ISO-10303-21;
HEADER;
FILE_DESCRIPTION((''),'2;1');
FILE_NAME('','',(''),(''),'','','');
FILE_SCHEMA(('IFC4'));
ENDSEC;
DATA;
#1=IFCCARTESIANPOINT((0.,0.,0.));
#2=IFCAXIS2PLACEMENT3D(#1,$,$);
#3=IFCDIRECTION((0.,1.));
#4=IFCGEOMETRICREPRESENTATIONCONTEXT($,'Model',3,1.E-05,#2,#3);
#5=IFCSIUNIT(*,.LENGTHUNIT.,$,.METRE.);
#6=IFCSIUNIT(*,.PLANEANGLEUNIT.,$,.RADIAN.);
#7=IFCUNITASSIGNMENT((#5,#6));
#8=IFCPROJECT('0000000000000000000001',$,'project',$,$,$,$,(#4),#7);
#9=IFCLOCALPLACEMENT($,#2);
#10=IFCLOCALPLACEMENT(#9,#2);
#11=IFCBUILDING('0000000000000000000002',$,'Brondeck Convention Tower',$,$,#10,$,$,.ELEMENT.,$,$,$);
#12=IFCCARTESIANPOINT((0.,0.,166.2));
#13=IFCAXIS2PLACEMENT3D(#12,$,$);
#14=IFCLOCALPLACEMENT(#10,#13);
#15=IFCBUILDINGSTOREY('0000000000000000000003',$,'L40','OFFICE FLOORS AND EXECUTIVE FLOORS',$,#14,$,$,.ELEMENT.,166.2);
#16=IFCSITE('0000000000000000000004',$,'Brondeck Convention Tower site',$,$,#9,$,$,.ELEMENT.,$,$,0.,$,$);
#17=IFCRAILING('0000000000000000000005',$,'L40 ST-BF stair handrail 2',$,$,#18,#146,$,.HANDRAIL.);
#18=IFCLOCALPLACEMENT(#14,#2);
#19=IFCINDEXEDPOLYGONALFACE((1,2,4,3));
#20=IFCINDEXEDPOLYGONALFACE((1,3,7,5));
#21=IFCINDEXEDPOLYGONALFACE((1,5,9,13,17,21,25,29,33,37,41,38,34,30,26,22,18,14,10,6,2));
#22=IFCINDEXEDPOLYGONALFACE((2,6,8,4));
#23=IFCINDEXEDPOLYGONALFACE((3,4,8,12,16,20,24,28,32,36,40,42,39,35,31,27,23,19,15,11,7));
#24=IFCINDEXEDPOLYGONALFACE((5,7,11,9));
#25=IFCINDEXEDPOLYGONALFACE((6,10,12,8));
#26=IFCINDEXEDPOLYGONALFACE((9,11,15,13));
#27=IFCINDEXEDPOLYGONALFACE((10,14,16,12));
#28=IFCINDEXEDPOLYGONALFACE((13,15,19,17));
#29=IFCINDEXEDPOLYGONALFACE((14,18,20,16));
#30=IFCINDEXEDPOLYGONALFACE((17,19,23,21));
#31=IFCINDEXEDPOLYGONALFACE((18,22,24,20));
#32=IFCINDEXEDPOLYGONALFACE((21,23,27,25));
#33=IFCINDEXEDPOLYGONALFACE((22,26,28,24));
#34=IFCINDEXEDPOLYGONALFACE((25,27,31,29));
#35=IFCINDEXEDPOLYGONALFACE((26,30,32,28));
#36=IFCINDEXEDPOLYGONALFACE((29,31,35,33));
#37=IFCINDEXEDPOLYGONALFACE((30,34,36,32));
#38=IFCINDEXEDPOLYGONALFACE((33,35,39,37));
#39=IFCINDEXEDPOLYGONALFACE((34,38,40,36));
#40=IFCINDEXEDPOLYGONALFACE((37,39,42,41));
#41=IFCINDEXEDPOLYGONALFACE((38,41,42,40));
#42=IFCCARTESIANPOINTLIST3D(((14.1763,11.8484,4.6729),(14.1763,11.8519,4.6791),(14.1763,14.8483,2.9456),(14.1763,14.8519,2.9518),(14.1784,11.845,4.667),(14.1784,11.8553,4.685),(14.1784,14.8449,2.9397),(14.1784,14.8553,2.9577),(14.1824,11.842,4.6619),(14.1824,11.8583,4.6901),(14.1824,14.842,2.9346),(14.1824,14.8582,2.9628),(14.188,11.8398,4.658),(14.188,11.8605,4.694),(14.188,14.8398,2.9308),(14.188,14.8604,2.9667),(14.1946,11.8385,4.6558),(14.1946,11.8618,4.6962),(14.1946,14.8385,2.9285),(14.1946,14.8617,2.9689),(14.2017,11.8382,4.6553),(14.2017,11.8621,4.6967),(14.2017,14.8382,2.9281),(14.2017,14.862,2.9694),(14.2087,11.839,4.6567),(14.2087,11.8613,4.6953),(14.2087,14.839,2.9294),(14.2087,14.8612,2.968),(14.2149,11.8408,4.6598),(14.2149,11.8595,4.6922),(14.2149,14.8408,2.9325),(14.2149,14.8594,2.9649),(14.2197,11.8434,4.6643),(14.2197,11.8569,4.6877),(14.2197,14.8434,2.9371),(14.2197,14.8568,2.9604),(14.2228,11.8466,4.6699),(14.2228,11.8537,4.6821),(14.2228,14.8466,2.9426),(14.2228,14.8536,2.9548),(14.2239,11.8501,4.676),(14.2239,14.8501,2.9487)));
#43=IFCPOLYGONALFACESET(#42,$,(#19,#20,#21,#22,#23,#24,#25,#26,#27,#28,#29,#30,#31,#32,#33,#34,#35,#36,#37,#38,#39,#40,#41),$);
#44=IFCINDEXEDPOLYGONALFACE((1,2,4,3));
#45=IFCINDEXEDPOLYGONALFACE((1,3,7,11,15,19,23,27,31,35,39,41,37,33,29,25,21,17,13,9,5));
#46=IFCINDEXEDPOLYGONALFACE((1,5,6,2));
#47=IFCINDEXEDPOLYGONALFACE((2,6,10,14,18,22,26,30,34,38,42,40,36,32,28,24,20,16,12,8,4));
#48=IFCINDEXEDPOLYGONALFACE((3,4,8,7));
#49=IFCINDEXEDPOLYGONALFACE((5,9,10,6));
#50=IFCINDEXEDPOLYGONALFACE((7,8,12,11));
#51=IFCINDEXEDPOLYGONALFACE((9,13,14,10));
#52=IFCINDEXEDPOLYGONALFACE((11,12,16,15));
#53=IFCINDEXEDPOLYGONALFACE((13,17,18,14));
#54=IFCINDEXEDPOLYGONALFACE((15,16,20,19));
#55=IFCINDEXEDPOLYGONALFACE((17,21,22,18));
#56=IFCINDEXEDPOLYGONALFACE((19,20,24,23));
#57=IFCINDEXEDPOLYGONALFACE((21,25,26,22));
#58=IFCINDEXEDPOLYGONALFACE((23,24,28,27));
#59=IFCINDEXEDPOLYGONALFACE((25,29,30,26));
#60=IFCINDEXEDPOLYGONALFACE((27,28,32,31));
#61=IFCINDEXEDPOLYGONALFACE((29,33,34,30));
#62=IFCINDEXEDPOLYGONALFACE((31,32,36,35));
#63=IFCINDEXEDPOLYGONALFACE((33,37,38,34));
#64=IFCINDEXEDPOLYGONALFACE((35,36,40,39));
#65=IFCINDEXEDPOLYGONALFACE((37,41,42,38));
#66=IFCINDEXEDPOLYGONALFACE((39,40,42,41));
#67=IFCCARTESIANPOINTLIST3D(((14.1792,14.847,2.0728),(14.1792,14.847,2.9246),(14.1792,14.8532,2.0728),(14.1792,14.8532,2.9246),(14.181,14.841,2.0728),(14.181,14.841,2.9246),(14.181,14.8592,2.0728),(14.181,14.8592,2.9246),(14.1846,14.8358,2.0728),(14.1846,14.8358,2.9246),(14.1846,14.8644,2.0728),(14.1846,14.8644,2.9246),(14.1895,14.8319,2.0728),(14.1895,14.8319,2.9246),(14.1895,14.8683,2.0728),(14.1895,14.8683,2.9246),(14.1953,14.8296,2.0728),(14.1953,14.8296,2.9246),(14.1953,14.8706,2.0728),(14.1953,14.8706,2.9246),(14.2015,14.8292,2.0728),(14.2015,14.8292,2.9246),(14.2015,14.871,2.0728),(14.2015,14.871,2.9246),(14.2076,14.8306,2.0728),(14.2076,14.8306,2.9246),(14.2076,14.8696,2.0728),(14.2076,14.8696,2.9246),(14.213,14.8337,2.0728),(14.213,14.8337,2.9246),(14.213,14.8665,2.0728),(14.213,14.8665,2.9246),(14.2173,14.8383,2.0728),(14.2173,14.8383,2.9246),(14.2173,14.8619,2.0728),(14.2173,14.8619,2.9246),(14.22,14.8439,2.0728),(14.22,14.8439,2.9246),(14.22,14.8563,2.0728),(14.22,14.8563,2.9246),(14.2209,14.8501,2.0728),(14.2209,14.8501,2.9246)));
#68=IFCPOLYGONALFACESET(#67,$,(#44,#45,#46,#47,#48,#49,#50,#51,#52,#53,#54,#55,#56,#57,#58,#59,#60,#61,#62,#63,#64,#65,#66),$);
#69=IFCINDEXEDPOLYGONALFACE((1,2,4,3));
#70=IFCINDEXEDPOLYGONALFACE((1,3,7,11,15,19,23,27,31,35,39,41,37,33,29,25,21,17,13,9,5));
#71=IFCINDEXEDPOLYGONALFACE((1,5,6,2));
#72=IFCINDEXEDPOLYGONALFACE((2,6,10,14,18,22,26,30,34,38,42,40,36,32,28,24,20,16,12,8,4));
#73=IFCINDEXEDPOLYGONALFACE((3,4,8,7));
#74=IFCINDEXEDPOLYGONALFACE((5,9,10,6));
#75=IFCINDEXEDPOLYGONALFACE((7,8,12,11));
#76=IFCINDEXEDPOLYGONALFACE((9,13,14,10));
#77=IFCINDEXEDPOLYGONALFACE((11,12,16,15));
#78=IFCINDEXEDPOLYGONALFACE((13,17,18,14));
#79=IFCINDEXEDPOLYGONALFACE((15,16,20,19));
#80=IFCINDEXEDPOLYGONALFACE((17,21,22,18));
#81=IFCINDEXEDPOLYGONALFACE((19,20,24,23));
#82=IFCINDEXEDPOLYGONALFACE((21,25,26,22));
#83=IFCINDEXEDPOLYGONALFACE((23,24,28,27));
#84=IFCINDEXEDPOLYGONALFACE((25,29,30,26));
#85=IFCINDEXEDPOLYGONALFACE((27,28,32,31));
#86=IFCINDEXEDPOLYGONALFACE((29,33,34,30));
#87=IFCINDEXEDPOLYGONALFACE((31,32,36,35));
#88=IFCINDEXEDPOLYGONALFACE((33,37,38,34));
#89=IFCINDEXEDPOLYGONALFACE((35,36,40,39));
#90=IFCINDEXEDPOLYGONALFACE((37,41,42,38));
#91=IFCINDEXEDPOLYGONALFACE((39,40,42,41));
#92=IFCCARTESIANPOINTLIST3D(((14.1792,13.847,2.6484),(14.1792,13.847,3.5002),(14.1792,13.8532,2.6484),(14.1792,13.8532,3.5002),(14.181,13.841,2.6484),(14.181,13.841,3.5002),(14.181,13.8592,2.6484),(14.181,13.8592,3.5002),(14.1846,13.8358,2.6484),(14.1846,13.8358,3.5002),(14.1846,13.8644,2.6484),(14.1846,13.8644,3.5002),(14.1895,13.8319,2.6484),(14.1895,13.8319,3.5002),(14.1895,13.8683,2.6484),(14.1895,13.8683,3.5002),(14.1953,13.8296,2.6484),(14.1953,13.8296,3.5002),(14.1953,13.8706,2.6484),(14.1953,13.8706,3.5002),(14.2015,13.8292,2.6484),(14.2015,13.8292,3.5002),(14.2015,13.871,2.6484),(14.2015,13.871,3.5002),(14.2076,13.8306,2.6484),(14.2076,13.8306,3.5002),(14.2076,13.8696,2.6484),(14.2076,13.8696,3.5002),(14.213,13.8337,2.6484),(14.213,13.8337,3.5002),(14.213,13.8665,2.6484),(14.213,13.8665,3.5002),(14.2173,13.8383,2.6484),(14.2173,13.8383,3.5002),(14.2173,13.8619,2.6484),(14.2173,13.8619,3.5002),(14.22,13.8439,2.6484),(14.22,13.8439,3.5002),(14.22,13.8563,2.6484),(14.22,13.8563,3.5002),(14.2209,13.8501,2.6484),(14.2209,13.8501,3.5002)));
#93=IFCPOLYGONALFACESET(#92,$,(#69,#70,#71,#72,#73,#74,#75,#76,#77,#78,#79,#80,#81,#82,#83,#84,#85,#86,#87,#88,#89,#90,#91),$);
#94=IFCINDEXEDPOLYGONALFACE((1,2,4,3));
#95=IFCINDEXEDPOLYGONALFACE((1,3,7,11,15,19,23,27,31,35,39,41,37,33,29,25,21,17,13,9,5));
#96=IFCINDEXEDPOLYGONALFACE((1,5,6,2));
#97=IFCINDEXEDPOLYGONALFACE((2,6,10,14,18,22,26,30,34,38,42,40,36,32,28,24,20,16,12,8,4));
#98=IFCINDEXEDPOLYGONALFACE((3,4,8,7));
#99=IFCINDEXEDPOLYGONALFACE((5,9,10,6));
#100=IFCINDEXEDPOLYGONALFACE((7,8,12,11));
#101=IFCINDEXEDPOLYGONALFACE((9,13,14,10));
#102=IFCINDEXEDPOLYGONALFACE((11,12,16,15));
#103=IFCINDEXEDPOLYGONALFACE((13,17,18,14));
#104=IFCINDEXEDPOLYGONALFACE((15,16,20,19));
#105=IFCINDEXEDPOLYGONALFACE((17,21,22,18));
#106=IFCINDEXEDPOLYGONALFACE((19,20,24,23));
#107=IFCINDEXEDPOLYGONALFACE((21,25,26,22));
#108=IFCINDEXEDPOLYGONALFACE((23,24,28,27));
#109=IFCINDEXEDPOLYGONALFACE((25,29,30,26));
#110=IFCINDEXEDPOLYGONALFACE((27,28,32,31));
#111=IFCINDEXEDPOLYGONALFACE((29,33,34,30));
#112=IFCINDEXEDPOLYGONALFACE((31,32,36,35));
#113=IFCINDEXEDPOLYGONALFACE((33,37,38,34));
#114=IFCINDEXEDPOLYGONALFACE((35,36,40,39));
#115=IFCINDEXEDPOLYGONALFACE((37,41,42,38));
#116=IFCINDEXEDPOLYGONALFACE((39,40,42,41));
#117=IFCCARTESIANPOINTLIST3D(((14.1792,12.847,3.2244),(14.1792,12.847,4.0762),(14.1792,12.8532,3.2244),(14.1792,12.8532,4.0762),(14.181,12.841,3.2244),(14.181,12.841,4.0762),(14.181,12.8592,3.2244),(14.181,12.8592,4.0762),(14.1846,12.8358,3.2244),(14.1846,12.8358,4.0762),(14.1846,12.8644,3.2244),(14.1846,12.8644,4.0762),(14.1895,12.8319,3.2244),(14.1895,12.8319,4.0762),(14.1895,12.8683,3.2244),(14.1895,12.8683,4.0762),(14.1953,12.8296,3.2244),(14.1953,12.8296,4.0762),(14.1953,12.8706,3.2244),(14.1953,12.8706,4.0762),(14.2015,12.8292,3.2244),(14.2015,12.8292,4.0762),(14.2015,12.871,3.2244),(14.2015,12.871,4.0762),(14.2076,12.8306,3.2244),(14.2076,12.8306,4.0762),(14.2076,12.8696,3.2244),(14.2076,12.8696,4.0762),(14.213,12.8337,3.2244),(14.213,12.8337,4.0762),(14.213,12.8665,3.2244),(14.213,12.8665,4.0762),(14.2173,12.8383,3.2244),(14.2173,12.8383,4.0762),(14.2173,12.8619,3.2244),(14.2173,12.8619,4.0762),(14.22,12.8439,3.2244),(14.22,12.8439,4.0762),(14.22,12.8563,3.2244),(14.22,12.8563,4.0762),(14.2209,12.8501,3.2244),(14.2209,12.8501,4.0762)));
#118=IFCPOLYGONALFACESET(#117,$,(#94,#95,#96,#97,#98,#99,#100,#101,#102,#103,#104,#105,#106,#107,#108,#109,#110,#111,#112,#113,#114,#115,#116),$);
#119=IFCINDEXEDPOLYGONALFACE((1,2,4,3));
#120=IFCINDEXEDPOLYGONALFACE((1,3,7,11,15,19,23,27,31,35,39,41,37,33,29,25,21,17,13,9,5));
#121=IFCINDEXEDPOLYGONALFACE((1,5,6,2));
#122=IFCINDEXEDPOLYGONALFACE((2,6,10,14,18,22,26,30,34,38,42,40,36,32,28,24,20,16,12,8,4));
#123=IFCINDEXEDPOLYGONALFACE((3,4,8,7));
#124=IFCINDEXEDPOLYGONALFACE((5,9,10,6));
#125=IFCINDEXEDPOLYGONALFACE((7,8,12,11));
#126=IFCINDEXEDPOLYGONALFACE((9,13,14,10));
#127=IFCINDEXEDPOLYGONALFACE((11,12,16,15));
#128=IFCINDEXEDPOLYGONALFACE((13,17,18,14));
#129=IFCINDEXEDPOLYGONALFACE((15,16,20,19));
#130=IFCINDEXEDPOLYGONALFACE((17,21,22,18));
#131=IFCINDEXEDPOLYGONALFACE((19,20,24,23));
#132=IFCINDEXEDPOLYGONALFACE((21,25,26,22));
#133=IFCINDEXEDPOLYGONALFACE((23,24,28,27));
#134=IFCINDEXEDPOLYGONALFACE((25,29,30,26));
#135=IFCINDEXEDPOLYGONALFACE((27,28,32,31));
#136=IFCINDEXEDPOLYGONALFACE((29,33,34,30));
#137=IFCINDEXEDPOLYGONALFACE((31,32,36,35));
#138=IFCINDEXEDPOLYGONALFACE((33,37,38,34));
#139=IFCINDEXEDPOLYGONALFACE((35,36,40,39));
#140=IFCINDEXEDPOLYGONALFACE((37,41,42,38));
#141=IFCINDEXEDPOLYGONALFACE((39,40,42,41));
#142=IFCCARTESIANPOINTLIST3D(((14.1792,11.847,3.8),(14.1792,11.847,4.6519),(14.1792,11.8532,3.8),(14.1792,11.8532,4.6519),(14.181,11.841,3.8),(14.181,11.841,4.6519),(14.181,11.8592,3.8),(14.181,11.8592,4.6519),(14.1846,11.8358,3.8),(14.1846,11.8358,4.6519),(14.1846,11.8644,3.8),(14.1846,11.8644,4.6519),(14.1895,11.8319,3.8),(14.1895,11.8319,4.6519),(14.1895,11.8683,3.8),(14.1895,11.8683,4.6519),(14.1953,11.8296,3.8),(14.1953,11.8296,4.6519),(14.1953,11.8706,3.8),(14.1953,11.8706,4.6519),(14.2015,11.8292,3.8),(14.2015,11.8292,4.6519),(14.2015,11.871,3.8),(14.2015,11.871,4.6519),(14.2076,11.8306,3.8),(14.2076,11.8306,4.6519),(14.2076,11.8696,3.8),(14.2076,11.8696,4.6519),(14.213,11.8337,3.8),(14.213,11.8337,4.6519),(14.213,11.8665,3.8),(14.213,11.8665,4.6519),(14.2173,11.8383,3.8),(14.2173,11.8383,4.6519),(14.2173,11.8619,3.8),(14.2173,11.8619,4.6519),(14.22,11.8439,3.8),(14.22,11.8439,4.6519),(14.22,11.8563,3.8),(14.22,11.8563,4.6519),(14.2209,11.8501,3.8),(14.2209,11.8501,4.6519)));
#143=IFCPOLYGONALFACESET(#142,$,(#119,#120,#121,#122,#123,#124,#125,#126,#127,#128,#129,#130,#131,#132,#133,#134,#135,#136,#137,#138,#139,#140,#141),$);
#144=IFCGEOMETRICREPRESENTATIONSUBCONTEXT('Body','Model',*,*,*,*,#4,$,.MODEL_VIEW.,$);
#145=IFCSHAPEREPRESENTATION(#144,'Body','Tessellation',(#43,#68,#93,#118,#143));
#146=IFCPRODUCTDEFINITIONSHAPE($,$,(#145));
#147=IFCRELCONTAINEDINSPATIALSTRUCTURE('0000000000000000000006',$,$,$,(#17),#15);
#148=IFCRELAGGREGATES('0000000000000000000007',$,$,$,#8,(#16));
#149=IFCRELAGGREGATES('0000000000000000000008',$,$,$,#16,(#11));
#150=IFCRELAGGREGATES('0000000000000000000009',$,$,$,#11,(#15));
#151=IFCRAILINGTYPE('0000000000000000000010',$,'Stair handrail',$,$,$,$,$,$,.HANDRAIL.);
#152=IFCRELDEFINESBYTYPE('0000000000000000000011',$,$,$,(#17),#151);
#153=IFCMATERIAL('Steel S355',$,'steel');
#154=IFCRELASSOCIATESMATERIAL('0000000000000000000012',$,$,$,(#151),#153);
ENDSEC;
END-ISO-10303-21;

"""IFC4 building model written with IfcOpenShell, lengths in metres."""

from ifc_helpers import new_model, si_unit, direction, frame, origin, origin_2d, place, context, subcontext, project, spatial, circle, extrude, material, type_object, element, save


model = new_model("IFC4")

# Units and contexts
model_context = context("Model", 3, precision=1e-05, world=origin(), true_north=direction((0.0, 1.0)))
body_context = subcontext(model_context, "Body", "Model", "MODEL_VIEW")
ifc_project = project(units=[si_unit("LENGTHUNIT", "METRE"), si_unit("PLANEANGLEUNIT", "RADIAN")], contexts=[model_context])

# Site, building, storey
site_placement = place(None, origin())
site = spatial("IfcSite", under=ifc_project, at=site_placement, Name="Brondeck Convention Tower site", CompositionType="ELEMENT", RefElevation=0.0)
building_placement = place(site_placement, origin())
building = spatial("IfcBuilding", under=site, at=building_placement, Name="Brondeck Convention Tower", CompositionType="ELEMENT")
storey_placement = place(building_placement, frame((0.0, 0.0, 166.2)))
storey = spatial("IfcBuildingStorey", under=building, at=storey_placement, Name="L40", Description="OFFICE FLOORS AND EXECUTIVE FLOORS", CompositionType="ELEMENT", Elevation=166.2)

# Shared definitions
ifc_material_1 = material(Name="Steel S355", Category="steel")

# Railing
railing_type_1 = type_object("IfcRailingType", Name="Stair handrail", PredefinedType="HANDRAIL", material=ifc_material_1)
railing_1_placement = place(storey_placement, frame((14.2, 14.8501, 2.0728)))
element("IfcRailing", 1, at=railing_1_placement, inside=storey, type_object=railing_type_1, Name="L40 ST-BF stair handrail 2", PredefinedType="HANDRAIL", context=body_context, shape_type="SweptSolid", body=[
    extrude(circle(Radius=0.0239, at=origin_2d()), frame((0.0, 0.0, 0.876), z_axis=(0.0, -0.86662, 0.498969), x_axis=(1.0, 0.0, 0.0)), (0.0, 0.0, 1.0), 3.4617),
    extrude(circle(Radius=0.021, at=origin_2d()), origin(), (0.0, 0.0, 1.0), 0.8518),
    extrude(circle(Radius=0.021, at=origin_2d()), frame((0.0, -1.0, 0.5757)), (0.0, 0.0, 1.0), 0.8518),
    extrude(circle(Radius=0.021, at=origin_2d()), frame((0.0, -2.0, 1.1516)), (0.0, 0.0, 1.0), 0.8518),
    extrude(circle(Radius=0.021, at=origin_2d()), frame((0.0, -3.0, 1.7273)), (0.0, 0.0, 1.0), 0.8518),
])

save(model, "model.ifc")
